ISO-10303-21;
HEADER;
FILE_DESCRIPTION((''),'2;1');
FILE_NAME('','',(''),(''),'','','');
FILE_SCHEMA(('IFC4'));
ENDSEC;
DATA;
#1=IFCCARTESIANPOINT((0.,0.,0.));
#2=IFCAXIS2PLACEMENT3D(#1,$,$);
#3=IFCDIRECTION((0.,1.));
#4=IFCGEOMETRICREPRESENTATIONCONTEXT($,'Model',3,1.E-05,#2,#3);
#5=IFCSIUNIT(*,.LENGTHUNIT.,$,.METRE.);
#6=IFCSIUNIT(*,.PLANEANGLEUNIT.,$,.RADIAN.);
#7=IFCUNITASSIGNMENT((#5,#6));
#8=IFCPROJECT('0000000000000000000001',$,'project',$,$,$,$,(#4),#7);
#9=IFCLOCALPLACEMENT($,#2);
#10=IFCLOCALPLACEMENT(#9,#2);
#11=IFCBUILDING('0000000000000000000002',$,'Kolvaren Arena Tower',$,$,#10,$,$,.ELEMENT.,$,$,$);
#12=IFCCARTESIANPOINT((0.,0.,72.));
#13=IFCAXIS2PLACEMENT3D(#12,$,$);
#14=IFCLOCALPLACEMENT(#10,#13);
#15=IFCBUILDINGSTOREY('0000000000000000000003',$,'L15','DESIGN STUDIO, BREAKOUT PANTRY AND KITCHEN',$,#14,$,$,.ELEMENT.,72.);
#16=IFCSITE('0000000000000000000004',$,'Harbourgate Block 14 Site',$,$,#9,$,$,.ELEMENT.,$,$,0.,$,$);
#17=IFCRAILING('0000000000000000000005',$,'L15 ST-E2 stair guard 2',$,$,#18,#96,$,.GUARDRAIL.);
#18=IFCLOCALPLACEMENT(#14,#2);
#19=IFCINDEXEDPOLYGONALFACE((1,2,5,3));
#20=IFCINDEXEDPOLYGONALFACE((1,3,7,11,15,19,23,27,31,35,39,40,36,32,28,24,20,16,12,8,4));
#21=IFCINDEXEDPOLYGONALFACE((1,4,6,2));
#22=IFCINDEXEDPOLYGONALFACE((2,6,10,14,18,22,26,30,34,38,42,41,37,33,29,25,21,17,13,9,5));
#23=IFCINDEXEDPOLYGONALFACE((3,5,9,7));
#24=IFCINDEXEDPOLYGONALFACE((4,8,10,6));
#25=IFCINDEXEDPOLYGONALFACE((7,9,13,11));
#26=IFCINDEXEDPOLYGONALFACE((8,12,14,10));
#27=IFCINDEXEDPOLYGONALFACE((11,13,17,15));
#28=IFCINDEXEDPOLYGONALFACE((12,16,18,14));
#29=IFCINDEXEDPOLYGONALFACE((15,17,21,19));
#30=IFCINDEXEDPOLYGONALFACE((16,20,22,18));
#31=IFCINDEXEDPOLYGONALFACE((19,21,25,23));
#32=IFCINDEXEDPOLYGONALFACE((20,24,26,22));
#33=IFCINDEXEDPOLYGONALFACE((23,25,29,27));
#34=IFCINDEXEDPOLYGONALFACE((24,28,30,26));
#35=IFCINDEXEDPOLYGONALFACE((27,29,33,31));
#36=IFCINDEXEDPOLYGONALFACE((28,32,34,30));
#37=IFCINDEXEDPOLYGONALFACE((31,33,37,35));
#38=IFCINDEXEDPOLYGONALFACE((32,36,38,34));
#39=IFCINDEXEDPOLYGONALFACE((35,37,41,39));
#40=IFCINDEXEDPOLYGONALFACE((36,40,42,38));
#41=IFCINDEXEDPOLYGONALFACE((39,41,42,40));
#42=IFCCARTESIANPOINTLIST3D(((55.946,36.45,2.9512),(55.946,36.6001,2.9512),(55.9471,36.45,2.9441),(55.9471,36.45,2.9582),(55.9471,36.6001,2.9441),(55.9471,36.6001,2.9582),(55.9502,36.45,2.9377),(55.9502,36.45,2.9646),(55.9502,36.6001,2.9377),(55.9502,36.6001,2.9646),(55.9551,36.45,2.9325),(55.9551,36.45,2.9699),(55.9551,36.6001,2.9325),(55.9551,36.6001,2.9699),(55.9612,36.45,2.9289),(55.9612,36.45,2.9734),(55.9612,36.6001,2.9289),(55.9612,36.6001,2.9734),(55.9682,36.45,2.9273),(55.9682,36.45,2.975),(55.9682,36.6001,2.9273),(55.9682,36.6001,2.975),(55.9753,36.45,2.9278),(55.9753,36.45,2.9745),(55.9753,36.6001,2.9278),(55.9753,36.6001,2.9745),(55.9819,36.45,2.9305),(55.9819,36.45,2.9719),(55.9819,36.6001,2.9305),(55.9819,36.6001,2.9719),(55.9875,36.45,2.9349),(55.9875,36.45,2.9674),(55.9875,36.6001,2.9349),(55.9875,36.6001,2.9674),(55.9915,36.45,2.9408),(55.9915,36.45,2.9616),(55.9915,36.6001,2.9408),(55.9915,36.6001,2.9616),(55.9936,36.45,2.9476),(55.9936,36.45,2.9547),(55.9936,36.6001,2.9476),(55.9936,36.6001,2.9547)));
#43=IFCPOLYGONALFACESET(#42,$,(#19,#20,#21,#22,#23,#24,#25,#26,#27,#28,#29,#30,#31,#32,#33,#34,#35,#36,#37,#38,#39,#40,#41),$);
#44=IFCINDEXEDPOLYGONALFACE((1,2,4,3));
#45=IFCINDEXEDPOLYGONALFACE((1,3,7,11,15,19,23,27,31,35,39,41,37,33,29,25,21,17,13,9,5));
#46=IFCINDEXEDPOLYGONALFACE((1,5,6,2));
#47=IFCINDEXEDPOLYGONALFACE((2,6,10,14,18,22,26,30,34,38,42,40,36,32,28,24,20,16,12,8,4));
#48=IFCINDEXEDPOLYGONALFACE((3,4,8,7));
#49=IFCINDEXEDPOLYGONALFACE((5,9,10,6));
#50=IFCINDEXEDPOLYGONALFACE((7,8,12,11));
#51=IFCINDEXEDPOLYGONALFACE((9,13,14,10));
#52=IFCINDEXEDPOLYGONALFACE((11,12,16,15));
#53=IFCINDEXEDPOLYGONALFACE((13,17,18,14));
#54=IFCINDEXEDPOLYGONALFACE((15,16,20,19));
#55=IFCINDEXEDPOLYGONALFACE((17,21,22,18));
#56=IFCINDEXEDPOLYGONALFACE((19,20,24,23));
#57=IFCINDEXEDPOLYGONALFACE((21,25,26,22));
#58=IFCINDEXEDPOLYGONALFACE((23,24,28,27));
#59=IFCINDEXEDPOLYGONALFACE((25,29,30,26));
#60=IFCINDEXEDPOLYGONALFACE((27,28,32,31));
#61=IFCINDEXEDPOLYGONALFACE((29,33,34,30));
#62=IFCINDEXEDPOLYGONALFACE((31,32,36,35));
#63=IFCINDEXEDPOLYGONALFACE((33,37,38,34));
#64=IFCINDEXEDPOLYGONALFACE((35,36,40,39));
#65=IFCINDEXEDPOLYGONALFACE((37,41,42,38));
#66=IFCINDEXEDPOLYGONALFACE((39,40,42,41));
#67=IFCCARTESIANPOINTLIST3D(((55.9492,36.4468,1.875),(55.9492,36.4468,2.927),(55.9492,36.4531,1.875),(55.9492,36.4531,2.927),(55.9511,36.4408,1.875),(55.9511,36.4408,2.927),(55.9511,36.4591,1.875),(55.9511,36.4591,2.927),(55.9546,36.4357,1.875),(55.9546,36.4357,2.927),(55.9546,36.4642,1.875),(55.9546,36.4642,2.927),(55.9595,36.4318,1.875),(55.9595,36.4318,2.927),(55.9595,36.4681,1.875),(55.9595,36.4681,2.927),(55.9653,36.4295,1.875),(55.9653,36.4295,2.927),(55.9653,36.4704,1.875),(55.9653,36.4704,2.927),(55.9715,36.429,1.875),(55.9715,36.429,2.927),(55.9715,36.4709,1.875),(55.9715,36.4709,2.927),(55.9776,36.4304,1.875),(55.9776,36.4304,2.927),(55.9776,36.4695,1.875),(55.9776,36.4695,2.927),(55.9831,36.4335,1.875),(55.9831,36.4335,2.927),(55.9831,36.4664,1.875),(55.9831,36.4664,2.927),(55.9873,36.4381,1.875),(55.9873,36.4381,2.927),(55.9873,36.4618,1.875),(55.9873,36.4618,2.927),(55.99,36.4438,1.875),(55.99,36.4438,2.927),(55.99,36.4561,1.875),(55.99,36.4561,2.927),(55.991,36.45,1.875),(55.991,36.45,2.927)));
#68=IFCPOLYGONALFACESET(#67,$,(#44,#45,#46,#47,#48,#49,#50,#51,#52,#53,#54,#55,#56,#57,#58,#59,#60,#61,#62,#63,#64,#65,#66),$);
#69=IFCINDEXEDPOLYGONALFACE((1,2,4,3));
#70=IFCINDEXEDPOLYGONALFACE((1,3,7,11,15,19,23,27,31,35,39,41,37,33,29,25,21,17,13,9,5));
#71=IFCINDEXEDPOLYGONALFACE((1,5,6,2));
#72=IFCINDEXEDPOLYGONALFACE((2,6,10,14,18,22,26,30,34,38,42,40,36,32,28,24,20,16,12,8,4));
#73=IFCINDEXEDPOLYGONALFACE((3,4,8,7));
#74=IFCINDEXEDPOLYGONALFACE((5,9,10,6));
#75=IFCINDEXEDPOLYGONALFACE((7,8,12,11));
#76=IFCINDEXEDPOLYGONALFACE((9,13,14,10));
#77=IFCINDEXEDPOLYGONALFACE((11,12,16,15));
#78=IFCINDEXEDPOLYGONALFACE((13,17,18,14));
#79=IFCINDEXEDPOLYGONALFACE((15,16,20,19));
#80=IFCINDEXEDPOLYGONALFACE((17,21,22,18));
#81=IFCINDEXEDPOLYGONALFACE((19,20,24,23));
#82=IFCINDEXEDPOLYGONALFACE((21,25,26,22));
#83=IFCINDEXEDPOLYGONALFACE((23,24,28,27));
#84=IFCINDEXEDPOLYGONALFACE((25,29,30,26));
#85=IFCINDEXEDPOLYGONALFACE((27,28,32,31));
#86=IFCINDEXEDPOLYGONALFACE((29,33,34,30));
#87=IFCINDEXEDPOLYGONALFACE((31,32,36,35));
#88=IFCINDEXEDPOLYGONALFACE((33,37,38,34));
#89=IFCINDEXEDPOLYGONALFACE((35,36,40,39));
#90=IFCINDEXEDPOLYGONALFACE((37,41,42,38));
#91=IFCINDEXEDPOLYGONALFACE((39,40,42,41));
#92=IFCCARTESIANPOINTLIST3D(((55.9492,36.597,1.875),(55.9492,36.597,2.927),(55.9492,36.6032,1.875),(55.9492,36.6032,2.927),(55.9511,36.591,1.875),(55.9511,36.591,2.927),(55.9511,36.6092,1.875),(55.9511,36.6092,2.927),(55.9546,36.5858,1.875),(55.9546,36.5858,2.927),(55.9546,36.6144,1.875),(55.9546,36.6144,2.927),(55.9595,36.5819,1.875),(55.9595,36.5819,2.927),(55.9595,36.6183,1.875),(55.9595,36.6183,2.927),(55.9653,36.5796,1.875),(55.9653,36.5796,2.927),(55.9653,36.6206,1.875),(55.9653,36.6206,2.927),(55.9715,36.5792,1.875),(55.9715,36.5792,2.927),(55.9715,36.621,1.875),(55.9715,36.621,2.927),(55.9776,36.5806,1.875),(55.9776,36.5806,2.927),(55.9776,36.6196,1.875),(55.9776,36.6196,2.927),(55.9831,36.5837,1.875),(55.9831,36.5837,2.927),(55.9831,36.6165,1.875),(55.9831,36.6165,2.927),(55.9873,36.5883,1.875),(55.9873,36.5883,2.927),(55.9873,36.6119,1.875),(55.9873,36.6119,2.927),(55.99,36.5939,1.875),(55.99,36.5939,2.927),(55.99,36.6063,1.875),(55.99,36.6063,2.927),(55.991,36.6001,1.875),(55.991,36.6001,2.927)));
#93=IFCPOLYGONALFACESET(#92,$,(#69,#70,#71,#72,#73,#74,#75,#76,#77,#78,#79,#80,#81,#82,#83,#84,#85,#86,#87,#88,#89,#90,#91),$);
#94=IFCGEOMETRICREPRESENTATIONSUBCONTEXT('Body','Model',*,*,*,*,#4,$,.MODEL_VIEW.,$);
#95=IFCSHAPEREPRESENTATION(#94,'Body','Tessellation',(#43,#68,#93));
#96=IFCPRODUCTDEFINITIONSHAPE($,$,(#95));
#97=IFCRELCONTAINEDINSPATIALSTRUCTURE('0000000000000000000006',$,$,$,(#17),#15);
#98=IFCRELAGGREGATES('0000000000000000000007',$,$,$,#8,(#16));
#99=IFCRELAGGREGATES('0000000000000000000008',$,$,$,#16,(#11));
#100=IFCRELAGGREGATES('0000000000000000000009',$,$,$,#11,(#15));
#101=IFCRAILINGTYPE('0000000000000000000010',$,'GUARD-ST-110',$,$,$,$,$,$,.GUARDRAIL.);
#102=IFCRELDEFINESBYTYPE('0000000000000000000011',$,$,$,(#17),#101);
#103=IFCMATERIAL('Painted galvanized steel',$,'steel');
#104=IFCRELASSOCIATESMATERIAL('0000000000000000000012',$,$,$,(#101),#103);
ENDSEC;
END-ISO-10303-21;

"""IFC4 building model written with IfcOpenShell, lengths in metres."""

from ifc_helpers import new_model, si_unit, direction, frame, origin, origin_2d, place, context, subcontext, project, spatial, circle, extrude, material, type_object, element, save


model = new_model("IFC4")

# Units and contexts
model_context = context("Model", 3, precision=1e-05, world=origin(), true_north=direction((0.0, 1.0)))
body_context = subcontext(model_context, "Body", "Model", "MODEL_VIEW")
ifc_project = project(units=[si_unit("LENGTHUNIT", "METRE"), si_unit("PLANEANGLEUNIT", "RADIAN")], contexts=[model_context])

# Site, building, storey
site_placement = place(None, origin())
site = spatial("IfcSite", under=ifc_project, at=site_placement, Name="Harbourgate Block 14 Site", CompositionType="ELEMENT", RefElevation=0.0)
building_placement = place(site_placement, origin())
building = spatial("IfcBuilding", under=site, at=building_placement, Name="Kolvaren Arena Tower", CompositionType="ELEMENT")
storey_placement = place(building_placement, frame((0.0, 0.0, 72.0)))
storey = spatial("IfcBuildingStorey", under=building, at=storey_placement, Name="L15", Description="DESIGN STUDIO, BREAKOUT PANTRY AND KITCHEN", CompositionType="ELEMENT", Elevation=72.0)

# Railing
ifc_material_1 = material(Name="Painted galvanized steel", Category="steel")
railing_type_1 = type_object("IfcRailingType", Name="GUARD-ST-110", PredefinedType="GUARDRAIL", material=ifc_material_1)
for number, where, name in (
    (1, (55.97, 36.45, 1.875), "L15 ST-E2 stair guard 2"),
):
    element("IfcRailing", number, at=place(storey_placement, frame(where)), inside=storey, type_object=railing_type_1, Name=name, PredefinedType="GUARDRAIL", context=body_context, shape_type="SweptSolid", body=[
        extrude(circle(Radius=0.0239, at=origin_2d()), frame((0.0, 0.0, 1.0762), z_axis=(0.0, 1.0, 0.0), x_axis=(-1.0, 0.0, 0.0)), (0.0, 0.0, 1.0), 0.1501),
        extrude(circle(Radius=0.021, at=origin_2d()), origin(), (0.0, 0.0, 1.0), 1.052),
        extrude(circle(Radius=0.021, at=origin_2d()), frame((0.0, 0.1501, 0.0)), (0.0, 0.0, 1.0), 1.052),
    ])

save(model, "model.ifc")
